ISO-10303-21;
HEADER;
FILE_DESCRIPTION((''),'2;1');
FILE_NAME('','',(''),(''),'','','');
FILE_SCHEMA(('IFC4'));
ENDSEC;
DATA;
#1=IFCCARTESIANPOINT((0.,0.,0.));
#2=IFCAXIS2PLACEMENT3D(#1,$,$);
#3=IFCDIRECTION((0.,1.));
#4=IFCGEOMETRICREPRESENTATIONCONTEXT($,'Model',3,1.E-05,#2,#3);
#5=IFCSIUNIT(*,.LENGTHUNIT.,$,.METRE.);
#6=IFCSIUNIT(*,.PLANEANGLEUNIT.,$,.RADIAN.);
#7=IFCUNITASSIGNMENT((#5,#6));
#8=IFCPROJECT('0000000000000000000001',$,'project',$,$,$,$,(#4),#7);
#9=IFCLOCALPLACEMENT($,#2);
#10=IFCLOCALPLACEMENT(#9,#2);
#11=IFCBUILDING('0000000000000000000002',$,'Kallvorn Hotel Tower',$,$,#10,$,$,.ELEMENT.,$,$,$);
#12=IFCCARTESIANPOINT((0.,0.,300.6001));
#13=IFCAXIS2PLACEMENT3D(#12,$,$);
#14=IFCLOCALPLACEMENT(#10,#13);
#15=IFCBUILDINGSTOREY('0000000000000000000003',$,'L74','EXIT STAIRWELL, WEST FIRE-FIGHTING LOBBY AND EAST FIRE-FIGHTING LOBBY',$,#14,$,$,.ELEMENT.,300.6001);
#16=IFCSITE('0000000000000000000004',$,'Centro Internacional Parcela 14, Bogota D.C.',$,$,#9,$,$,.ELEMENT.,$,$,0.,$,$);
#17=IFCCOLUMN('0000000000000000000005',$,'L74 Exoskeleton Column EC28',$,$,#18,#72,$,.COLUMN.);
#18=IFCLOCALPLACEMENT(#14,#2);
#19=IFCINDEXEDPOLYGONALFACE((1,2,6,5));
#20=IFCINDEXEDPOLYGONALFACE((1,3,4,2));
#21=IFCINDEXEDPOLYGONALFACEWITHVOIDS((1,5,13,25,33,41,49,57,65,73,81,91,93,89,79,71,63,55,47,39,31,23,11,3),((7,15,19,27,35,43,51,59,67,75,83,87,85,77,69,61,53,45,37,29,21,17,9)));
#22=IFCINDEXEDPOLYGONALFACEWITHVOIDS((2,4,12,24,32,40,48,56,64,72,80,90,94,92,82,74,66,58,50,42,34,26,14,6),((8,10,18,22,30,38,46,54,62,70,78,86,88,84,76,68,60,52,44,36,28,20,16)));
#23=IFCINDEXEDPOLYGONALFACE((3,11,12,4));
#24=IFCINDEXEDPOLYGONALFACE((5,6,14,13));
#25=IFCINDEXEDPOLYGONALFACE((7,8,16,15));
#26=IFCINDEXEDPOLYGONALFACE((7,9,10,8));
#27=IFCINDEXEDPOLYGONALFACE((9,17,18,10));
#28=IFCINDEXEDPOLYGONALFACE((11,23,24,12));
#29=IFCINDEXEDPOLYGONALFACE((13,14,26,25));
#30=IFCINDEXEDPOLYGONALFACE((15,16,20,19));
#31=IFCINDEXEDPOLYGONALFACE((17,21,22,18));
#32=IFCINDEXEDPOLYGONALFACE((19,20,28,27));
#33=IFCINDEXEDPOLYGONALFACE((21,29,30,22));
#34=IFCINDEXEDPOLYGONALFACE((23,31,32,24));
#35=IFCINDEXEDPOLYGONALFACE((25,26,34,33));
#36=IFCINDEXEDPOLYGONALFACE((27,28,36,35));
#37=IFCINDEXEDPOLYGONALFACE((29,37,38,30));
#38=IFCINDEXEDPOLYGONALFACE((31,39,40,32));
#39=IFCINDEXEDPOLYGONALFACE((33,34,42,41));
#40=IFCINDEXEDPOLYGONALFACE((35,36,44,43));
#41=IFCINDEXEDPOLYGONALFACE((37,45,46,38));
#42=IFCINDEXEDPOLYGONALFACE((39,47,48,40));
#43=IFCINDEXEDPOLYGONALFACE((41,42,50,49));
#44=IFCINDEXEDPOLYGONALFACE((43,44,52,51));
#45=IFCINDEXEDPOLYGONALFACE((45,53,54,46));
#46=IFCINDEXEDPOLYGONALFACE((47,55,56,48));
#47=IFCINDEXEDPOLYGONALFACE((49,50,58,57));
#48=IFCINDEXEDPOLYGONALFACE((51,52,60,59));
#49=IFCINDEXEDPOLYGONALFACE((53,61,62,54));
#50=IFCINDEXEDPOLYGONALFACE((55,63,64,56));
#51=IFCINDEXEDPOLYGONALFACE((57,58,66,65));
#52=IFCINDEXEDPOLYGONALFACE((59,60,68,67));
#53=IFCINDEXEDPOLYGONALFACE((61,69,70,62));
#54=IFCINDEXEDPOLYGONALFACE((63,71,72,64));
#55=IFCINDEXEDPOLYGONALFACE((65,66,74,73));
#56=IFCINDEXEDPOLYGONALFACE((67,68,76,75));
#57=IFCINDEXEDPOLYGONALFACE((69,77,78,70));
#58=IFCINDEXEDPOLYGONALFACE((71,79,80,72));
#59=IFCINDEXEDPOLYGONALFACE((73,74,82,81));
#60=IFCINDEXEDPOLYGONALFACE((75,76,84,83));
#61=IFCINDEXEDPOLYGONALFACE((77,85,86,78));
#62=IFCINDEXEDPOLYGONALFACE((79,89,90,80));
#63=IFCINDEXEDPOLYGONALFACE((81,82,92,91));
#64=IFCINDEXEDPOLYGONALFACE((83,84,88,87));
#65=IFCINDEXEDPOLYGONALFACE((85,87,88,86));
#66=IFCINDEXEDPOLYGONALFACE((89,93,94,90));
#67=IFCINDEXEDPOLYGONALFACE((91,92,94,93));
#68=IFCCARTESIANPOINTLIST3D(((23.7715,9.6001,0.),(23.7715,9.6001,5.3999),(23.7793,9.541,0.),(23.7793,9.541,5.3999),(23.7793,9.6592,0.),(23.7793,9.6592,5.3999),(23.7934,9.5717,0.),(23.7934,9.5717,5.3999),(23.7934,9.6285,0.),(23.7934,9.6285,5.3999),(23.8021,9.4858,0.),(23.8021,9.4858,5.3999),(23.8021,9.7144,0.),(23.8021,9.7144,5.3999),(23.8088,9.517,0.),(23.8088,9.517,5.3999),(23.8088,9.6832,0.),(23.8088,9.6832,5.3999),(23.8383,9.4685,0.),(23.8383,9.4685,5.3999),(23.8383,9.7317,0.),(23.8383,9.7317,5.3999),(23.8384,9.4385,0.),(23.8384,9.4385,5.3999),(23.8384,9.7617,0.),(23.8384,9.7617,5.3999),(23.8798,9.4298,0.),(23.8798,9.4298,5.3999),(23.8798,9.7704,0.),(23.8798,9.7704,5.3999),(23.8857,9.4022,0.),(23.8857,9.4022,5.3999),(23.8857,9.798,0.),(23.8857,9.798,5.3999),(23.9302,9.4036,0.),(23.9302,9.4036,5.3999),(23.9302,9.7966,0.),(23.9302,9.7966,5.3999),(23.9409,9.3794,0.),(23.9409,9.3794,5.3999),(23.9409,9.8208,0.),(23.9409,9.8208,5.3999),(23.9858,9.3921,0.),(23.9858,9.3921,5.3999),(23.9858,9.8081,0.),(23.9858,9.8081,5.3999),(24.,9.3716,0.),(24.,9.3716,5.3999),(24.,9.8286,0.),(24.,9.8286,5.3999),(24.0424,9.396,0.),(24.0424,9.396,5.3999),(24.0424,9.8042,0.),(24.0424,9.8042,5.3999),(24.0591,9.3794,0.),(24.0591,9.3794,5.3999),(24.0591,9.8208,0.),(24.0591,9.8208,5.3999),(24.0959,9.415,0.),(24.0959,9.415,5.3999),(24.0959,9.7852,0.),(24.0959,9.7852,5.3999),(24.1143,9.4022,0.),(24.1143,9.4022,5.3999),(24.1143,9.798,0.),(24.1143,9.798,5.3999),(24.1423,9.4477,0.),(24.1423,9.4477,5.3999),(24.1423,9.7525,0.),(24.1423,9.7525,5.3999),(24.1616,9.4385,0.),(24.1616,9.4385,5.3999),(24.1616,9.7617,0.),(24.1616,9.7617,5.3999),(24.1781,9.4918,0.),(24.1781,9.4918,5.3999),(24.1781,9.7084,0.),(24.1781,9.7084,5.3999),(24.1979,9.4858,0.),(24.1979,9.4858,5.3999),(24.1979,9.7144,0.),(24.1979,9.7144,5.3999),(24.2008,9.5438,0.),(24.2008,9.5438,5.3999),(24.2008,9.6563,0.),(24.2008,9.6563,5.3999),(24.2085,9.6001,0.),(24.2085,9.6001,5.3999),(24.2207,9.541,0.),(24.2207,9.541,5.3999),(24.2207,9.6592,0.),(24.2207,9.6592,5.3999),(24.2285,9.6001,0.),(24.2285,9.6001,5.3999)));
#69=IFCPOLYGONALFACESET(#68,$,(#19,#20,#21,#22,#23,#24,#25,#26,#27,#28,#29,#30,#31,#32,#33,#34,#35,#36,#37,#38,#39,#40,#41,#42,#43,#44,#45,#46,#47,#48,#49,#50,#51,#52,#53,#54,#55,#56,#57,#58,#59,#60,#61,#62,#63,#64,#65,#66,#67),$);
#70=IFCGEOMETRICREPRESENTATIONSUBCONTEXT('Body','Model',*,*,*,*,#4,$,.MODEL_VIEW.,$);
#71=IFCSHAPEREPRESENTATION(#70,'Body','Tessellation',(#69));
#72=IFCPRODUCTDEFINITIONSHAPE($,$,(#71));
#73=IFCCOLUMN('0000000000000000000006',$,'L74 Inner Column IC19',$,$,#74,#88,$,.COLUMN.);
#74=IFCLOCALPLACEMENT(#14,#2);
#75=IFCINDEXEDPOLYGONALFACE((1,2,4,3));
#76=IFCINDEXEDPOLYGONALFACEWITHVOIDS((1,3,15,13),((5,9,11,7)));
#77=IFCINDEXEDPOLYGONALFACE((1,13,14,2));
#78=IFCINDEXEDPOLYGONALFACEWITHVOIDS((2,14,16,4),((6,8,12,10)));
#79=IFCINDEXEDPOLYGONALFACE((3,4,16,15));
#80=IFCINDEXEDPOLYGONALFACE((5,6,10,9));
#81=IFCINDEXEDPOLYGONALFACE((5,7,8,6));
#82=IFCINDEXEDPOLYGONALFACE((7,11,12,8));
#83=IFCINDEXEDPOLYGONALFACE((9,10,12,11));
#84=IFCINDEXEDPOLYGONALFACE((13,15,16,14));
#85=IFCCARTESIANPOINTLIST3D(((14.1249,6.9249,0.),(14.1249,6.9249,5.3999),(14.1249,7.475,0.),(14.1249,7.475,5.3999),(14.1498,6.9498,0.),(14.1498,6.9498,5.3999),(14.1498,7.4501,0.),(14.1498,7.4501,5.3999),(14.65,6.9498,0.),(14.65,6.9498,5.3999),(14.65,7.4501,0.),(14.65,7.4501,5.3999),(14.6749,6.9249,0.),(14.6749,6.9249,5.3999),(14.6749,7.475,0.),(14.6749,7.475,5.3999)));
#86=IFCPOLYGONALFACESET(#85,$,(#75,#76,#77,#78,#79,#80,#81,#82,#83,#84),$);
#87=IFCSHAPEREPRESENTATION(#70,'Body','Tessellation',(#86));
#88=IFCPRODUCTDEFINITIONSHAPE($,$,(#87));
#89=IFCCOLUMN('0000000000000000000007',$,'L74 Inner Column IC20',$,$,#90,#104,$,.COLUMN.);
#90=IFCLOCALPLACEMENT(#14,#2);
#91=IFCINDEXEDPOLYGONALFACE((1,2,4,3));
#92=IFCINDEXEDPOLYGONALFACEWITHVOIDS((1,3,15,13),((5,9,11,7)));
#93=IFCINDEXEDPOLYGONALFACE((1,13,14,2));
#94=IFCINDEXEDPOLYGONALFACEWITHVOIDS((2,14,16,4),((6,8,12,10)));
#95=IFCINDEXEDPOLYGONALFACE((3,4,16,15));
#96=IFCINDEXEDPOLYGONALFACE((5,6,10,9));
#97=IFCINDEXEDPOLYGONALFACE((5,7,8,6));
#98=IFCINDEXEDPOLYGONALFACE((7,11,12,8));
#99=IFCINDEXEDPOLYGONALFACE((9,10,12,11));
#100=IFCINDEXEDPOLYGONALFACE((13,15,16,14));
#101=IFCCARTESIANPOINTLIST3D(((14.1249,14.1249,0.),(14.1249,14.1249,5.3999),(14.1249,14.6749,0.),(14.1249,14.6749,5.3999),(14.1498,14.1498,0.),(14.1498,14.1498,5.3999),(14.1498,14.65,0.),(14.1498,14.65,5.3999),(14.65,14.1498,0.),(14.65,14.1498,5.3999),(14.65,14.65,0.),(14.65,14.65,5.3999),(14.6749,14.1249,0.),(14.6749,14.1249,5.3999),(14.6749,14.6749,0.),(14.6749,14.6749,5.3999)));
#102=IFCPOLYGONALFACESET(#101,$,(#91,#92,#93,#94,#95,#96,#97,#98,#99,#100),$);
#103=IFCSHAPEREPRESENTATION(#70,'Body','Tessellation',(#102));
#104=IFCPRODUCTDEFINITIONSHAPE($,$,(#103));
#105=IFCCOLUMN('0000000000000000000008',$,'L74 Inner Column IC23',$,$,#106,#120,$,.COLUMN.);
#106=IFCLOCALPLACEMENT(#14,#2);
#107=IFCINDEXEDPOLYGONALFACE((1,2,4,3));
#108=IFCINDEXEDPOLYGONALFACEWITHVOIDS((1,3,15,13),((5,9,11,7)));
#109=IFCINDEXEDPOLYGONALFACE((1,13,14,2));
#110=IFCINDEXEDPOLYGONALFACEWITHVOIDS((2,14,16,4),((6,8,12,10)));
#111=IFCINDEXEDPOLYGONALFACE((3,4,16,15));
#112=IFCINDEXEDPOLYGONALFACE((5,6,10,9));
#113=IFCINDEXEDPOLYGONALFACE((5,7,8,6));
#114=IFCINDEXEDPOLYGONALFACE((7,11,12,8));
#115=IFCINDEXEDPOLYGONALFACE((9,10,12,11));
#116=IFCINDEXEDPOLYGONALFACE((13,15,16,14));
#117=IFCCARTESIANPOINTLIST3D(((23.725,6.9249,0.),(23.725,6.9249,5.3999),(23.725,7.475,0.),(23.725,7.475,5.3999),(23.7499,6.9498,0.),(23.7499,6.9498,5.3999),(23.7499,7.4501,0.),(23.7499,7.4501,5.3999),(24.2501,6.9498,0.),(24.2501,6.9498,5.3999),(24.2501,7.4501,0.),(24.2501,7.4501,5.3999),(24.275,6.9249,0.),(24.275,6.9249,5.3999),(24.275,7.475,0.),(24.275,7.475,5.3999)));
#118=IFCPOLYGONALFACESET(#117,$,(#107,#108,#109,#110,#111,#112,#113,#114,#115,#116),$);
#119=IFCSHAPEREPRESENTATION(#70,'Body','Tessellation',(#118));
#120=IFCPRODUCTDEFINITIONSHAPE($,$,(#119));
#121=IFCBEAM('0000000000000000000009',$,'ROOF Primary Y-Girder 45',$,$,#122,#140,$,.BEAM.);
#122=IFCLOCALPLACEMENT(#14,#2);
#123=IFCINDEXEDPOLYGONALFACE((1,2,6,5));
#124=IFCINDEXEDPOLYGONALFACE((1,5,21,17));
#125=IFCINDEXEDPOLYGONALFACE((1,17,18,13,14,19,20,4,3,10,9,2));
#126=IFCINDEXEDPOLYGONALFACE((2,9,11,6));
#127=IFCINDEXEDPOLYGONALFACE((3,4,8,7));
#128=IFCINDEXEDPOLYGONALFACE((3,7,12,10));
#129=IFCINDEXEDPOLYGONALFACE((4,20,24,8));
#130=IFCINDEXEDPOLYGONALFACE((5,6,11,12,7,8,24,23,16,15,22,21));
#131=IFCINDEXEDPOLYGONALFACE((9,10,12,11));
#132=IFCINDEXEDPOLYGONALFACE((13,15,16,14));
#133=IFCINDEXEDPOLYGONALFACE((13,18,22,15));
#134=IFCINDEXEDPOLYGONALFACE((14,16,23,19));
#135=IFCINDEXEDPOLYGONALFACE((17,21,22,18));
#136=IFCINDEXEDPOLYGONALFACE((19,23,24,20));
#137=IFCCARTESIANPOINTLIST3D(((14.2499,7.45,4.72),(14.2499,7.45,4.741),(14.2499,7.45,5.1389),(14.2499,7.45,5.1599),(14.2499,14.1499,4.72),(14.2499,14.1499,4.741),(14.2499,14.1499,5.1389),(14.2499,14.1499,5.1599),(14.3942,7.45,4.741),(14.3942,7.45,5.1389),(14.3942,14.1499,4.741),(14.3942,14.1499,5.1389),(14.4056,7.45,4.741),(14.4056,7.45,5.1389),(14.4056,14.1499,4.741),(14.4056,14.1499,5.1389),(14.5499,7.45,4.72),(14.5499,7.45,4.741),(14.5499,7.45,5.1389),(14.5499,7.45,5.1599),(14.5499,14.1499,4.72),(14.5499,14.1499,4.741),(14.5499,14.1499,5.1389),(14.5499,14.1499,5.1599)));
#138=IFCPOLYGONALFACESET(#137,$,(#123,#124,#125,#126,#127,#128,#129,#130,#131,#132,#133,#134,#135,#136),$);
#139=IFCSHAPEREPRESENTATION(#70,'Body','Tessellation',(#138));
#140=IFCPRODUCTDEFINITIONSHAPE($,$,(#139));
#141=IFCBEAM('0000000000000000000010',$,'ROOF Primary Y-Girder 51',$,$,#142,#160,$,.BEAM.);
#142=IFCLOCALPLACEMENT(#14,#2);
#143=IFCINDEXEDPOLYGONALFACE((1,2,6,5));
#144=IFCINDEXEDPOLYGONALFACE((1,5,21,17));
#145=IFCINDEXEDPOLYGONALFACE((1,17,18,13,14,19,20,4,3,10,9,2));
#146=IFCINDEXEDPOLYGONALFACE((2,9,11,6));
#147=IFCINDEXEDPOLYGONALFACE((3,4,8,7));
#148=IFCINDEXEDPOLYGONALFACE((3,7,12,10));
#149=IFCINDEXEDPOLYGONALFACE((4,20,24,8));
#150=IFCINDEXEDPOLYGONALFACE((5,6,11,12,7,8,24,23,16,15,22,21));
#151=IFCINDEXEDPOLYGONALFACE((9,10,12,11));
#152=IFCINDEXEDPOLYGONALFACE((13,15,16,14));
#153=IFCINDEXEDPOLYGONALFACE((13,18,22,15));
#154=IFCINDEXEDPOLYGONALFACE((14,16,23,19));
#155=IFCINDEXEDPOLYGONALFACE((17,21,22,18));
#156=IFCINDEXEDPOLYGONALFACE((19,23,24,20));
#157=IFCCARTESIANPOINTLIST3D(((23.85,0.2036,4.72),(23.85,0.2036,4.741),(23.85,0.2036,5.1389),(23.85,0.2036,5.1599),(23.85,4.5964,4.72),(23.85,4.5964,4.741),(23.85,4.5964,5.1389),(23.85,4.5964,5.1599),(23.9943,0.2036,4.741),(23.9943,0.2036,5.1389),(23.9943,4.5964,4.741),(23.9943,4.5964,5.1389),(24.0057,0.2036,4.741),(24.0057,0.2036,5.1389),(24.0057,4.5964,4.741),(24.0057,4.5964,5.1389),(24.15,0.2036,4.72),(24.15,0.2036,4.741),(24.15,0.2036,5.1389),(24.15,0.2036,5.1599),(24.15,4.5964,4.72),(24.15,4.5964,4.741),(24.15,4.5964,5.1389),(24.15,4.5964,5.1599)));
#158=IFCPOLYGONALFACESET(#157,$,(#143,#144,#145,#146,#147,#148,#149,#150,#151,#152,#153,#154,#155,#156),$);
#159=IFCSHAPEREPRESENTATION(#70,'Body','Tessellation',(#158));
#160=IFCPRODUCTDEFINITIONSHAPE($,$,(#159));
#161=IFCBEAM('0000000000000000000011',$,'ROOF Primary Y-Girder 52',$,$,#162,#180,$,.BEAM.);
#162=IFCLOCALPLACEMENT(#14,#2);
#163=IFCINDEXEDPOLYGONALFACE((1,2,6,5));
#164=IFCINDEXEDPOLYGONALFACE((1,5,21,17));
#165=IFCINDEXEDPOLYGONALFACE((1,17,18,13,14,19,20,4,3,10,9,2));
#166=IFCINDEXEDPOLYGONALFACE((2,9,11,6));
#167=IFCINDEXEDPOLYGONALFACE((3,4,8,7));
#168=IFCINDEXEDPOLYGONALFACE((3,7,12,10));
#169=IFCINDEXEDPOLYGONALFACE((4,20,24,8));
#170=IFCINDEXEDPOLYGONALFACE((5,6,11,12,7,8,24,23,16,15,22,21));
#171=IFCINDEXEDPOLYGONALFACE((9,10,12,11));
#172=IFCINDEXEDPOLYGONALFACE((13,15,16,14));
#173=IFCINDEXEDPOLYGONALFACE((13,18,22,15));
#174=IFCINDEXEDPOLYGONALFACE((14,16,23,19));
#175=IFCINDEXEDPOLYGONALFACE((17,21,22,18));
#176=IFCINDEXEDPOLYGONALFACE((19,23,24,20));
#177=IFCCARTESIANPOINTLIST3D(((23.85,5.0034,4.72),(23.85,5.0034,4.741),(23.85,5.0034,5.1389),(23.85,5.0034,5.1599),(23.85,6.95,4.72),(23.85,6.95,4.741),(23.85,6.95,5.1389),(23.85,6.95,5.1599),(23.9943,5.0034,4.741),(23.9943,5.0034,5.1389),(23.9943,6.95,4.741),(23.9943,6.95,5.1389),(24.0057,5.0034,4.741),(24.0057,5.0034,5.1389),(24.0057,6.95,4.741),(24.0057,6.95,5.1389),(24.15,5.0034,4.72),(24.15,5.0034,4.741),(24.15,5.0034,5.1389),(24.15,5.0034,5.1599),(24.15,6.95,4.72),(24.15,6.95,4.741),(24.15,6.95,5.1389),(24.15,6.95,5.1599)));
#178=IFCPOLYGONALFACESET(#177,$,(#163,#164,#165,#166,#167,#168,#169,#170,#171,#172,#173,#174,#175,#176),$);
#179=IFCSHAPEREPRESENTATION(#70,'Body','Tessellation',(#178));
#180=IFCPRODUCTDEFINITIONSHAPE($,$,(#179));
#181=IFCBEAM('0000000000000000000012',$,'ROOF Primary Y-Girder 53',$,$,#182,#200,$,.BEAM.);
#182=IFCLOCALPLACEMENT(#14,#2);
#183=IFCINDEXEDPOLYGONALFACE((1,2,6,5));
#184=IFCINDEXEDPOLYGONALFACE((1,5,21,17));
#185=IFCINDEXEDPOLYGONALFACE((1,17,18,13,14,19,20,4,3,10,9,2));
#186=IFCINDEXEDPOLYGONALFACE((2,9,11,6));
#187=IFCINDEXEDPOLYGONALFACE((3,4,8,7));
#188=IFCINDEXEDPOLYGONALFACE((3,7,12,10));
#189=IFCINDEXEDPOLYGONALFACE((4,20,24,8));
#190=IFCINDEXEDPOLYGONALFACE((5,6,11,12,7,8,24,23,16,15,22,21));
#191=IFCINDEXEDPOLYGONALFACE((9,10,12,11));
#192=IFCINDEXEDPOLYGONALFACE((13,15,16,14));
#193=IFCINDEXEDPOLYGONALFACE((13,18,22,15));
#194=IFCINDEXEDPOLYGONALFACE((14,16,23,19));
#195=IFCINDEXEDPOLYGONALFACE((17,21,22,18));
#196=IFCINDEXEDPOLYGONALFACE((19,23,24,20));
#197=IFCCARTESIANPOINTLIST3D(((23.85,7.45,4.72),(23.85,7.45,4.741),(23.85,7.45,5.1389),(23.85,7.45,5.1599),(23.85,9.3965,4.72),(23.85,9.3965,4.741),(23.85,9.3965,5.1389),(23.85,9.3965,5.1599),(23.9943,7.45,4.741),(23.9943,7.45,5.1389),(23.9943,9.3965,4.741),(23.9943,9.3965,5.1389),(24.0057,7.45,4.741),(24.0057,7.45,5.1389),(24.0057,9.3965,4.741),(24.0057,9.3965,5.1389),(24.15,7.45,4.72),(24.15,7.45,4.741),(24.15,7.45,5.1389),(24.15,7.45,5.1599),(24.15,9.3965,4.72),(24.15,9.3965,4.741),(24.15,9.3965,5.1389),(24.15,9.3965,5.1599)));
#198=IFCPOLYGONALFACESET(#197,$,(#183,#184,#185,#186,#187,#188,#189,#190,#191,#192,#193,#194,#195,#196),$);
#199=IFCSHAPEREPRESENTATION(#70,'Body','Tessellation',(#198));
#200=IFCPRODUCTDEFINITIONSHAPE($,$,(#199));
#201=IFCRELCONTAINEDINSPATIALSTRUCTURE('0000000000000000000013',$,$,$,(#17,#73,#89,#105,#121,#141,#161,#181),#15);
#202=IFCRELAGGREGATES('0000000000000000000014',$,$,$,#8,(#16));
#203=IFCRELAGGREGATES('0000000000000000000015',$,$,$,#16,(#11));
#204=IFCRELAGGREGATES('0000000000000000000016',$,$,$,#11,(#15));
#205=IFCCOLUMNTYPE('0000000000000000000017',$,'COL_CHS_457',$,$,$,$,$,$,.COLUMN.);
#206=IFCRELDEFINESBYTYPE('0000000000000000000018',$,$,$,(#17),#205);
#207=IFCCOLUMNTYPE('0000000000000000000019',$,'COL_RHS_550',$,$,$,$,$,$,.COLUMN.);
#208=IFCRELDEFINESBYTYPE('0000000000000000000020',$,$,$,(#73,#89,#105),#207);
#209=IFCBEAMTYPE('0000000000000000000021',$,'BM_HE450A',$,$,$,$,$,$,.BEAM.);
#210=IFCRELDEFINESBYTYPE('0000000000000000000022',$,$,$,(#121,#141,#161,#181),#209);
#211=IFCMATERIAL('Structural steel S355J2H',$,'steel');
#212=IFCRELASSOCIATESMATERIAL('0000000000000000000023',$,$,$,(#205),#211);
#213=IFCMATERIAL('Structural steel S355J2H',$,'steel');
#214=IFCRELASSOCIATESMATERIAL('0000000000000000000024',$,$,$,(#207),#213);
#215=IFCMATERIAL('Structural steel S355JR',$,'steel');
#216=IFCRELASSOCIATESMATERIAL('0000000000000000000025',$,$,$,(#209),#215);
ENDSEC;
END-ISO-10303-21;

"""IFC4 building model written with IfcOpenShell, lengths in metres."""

from ifc_helpers import new_model, si_unit, direction, frame, origin, origin_2d, place, context, subcontext, project, spatial, hollow_rectangle, hollow_circle, i_section, extrude, material, material_profile, profile_set, type_object, element, save


model = new_model("IFC4")

# Units and contexts
model_context = context("Model", 3, precision=1e-05, world=origin(), true_north=direction((0.0, 1.0)))
body_context = subcontext(model_context, "Body", "Model", "MODEL_VIEW")
ifc_project = project(units=[si_unit("LENGTHUNIT", "METRE"), si_unit("PLANEANGLEUNIT", "RADIAN")], contexts=[model_context])

# Site, building, storey
site_placement = place(None, origin())
site = spatial("IfcSite", under=ifc_project, at=site_placement, Name="Centro Internacional Parcela 14, Bogota D.C.", CompositionType="ELEMENT", RefElevation=0.0)
building_placement = place(site_placement, origin())
building = spatial("IfcBuilding", under=site, at=building_placement, Name="Kallvorn Hotel Tower", CompositionType="ELEMENT")
storey_placement = place(building_placement, frame((0.0, 0.0, 300.6001)))
storey = spatial("IfcBuildingStorey", under=building, at=storey_placement, Name="L74", Description="EXIT STAIRWELL, WEST FIRE-FIGHTING LOBBY AND EAST FIRE-FIGHTING LOBBY", CompositionType="ELEMENT", Elevation=300.6001)

# Columns
ifc_material_1 = material(Name="Structural steel S355J2H", Category="steel")
ifc_material_profile_1 = material_profile(ifc_material_1, hollow_circle(Radius=0.2285, WallThickness=0.02, at=origin_2d()), Name="CHS 457x20")
ifc_profile_set_1 = profile_set([ifc_material_profile_1], Name="Structural steel S355J2H")
column_type_1 = type_object("IfcColumnType", Name="COL_CHS_457", PredefinedType="COLUMN", material=ifc_profile_set_1)
for number, where, z_axis, x_axis, name in (
    (1, (24.0, 9.6001, 0.0), (0.0, 0.0, 1.0), (1.0, 0.0, 0.0), "L74 Exoskeleton Column EC28"),
):
    element("IfcColumn", number, at=place(storey_placement, frame(where, z_axis=z_axis, x_axis=x_axis)), inside=storey, type_object=column_type_1, Name=name, PredefinedType="COLUMN", context=body_context, shape_type="SweptSolid", body=[
        extrude(hollow_circle(Radius=0.2285, WallThickness=0.02, at=origin_2d()), origin(), (0.0, 0.0, 1.0), 5.3999),
    ])
ifc_material_2 = material(Name="Structural steel S355J2H", Category="steel")
ifc_material_profile_2 = material_profile(ifc_material_2, hollow_rectangle(XDim=0.55, YDim=0.55, WallThickness=0.0249, at=origin_2d()), Name="RHS 550x550x25")
ifc_profile_set_2 = profile_set([ifc_material_profile_2], Name="Structural steel S355J2H")
column_type_2 = type_object("IfcColumnType", Name="COL_RHS_550", PredefinedType="COLUMN", material=ifc_profile_set_2)
for number, where, z_axis, x_axis, name in (
    (2, (14.3999, 7.2, 0.0), (0.0, 0.0, 1.0), (1.0, 0.0, 0.0), "L74 Inner Column IC19"),
    (3, (14.3999, 14.3999, 0.0), (0.0, 0.0, 1.0), (1.0, 0.0, 0.0), "L74 Inner Column IC20"),
    (4, (24.0, 7.2, 0.0), (0.0, 0.0, 1.0), (1.0, 0.0, 0.0), "L74 Inner Column IC23"),
):
    element("IfcColumn", number, at=place(storey_placement, frame(where, z_axis=z_axis, x_axis=x_axis)), inside=storey, type_object=column_type_2, Name=name, PredefinedType="COLUMN", context=body_context, shape_type="SweptSolid", body=[
        extrude(hollow_rectangle(XDim=0.55, YDim=0.55, WallThickness=0.0249, at=origin_2d()), origin(), (0.0, 0.0, 1.0), 5.3999),
    ])

# Beams
ifc_material_3 = material(Name="Structural steel S355JR", Category="steel")
ifc_material_profile_3 = material_profile(ifc_material_3, i_section(OverallWidth=0.3, OverallDepth=0.4399, WebThickness=0.0115, FlangeThickness=0.021, at=origin_2d()), Name="HE 450 A")
ifc_profile_set_3 = profile_set([ifc_material_profile_3], Name="Structural steel S355JR")
beam_type_1 = type_object("IfcBeamType", Name="BM_HE450A", PredefinedType="BEAM", material=ifc_profile_set_3)
beam_1_placement = place(storey_placement, frame((14.3999, 7.45, 4.9399), z_axis=(0.0, 1.0, 0.0), x_axis=(-1.0, 0.0, 0.0)))
element("IfcBeam", 5, at=beam_1_placement, inside=storey, type_object=beam_type_1, Name="ROOF Primary Y-Girder 45", PredefinedType="BEAM", context=body_context, shape_type="SweptSolid", body=[
    extrude(i_section(OverallWidth=0.3, OverallDepth=0.4399, WebThickness=0.0115, FlangeThickness=0.021, at=origin_2d()), origin(), (0.0, 0.0, 1.0), 6.7),
])
beam_2_placement = place(storey_placement, frame((24.0, 0.2036, 4.9399), z_axis=(0.0, 1.0, 0.0), x_axis=(-1.0, 0.0, 0.0)))
element("IfcBeam", 6, at=beam_2_placement, inside=storey, type_object=beam_type_1, Name="ROOF Primary Y-Girder 51", PredefinedType="BEAM", context=body_context, shape_type="SweptSolid", body=[
    extrude(i_section(OverallWidth=0.3, OverallDepth=0.4399, WebThickness=0.0115, FlangeThickness=0.021, at=origin_2d()), origin(), (0.0, 0.0, 1.0), 4.3928),
])
for number, where, z_axis, x_axis, name in (
    (7, (24.0, 5.0034, 4.9399), (0.0, 1.0, 0.0), (-1.0, 0.0, 0.0), "ROOF Primary Y-Girder 52"),
    (8, (24.0, 7.45, 4.9399), (0.0, 1.0, 0.0), (-1.0, 0.0, 0.0), "ROOF Primary Y-Girder 53"),
):
    element("IfcBeam", number, at=place(storey_placement, frame(where, z_axis=z_axis, x_axis=x_axis)), inside=storey, type_object=beam_type_1, Name=name, PredefinedType="BEAM", context=body_context, shape_type="SweptSolid", body=[
        extrude(i_section(OverallWidth=0.3, OverallDepth=0.4399, WebThickness=0.0115, FlangeThickness=0.021, at=origin_2d()), origin(), (0.0, 0.0, 1.0), 1.9465),
    ])

save(model, "model.ifc")
